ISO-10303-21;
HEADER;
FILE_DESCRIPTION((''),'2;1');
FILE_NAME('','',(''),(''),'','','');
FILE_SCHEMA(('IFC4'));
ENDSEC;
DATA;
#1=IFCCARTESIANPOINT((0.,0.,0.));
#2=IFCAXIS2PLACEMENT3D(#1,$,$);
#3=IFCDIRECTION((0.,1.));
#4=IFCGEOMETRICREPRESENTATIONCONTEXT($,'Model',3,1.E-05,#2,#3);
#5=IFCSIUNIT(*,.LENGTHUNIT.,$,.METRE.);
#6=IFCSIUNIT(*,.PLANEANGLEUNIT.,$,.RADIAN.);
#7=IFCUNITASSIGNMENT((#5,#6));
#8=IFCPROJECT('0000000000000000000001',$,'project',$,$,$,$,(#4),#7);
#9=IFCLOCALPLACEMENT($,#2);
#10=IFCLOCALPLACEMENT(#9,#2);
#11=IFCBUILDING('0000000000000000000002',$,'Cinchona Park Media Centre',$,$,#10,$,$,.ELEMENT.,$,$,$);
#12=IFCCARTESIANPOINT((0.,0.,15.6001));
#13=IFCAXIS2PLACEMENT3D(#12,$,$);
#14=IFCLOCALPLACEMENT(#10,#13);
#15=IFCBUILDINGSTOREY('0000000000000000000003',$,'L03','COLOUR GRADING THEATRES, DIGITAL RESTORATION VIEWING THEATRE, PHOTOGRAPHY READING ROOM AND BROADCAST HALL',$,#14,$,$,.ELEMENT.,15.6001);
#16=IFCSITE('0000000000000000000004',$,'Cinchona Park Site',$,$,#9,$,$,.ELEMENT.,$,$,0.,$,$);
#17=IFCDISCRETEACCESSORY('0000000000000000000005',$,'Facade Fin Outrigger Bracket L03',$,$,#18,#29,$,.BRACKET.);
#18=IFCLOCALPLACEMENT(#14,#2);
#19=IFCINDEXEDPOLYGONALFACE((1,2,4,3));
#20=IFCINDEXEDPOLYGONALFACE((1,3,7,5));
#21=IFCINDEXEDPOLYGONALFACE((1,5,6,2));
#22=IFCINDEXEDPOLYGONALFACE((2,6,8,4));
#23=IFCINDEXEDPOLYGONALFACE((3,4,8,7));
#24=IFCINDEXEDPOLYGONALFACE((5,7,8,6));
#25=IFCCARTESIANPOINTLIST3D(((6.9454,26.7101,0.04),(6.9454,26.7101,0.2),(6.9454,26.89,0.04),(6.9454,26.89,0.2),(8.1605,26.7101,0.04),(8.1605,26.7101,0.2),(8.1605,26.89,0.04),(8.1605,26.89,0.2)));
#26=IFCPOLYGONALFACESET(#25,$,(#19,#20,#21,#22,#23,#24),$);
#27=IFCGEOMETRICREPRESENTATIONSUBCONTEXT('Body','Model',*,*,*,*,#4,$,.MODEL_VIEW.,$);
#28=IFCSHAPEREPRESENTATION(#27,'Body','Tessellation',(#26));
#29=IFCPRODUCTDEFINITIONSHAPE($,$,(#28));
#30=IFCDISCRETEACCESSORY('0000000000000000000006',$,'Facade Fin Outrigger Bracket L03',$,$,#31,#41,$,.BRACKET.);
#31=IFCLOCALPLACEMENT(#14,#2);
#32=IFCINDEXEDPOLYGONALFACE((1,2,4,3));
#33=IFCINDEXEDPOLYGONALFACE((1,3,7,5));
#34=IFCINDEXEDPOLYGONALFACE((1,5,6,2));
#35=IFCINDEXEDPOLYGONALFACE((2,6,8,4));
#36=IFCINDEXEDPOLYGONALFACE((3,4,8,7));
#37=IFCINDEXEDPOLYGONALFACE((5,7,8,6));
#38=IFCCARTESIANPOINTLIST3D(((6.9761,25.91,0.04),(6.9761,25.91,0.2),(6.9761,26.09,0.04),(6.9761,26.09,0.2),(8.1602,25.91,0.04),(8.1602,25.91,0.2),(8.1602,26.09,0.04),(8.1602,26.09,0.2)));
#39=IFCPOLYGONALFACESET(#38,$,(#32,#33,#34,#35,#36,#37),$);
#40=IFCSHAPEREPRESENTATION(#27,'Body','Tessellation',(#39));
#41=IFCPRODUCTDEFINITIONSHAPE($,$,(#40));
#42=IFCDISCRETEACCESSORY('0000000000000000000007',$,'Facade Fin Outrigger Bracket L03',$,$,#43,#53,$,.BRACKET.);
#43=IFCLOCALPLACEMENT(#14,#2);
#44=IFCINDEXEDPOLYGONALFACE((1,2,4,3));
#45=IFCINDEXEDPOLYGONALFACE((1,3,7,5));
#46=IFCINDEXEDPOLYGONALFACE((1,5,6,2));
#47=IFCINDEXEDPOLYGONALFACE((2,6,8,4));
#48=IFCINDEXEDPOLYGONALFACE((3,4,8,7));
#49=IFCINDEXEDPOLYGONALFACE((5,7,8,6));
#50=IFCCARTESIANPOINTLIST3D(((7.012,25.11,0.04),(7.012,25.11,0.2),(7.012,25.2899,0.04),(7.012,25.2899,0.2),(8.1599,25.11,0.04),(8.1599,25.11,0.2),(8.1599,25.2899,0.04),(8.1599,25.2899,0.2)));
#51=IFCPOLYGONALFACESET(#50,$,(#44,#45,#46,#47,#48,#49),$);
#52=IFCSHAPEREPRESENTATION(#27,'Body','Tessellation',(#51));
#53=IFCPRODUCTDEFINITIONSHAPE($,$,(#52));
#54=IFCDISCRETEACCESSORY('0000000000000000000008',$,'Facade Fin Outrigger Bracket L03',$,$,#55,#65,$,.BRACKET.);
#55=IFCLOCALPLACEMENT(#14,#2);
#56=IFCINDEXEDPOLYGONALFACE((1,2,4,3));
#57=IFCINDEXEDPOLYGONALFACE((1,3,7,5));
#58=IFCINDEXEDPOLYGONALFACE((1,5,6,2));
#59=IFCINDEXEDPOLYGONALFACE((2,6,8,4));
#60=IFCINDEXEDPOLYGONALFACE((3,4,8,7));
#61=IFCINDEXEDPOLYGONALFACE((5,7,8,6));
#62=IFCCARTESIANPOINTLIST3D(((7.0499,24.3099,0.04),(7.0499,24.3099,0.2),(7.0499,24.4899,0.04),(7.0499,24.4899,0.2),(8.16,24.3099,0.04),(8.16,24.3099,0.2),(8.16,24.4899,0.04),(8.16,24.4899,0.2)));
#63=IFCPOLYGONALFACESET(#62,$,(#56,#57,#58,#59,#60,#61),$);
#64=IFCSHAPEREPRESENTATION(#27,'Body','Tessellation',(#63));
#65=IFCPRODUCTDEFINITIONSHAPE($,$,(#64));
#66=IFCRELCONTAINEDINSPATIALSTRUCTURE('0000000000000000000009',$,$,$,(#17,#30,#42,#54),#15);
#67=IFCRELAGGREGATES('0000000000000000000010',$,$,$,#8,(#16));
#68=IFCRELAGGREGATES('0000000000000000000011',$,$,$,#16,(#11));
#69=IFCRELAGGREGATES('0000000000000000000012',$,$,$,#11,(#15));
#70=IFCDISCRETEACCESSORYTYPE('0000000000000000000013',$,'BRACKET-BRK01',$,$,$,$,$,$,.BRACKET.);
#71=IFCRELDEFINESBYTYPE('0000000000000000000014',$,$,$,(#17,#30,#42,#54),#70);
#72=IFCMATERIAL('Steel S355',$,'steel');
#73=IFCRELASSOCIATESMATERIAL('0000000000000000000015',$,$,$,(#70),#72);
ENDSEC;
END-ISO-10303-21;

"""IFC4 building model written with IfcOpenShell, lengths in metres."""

from ifc_helpers import new_model, si_unit, direction, frame, origin, origin_2d, place, context, subcontext, project, spatial, rectangle, extrude, material, type_object, element, save


model = new_model("IFC4")

# Units and contexts
model_context = context("Model", 3, precision=1e-05, world=origin(), true_north=direction((0.0, 1.0)))
body_context = subcontext(model_context, "Body", "Model", "MODEL_VIEW")
ifc_project = project(units=[si_unit("LENGTHUNIT", "METRE"), si_unit("PLANEANGLEUNIT", "RADIAN")], contexts=[model_context])

# Site, building, storey
site_placement = place(None, origin())
site = spatial("IfcSite", under=ifc_project, at=site_placement, Name="Cinchona Park Site", CompositionType="ELEMENT", RefElevation=0.0)
building_placement = place(site_placement, origin())
building = spatial("IfcBuilding", under=site, at=building_placement, Name="Cinchona Park Media Centre", CompositionType="ELEMENT")
storey_placement = place(building_placement, frame((0.0, 0.0, 15.6001)))
storey = spatial("IfcBuildingStorey", under=building, at=storey_placement, Name="L03", Description="COLOUR GRADING THEATRES, DIGITAL RESTORATION VIEWING THEATRE, PHOTOGRAPHY READING ROOM AND BROADCAST HALL", CompositionType="ELEMENT", Elevation=15.6001)

# Discrete accessories
ifc_material_1 = material(Name="Steel S355", Category="steel")
discrete_accessory_type = type_object("IfcDiscreteAccessoryType", Name="BRACKET-BRK01", PredefinedType="BRACKET", material=ifc_material_1)
discrete_accessory_1_placement = place(storey_placement, frame((7.553, 26.8, 0.04), z_axis=(0.0, 0.0, 1.0), x_axis=(0.0, -1.0, 0.0)))
element("IfcDiscreteAccessory", 1, at=discrete_accessory_1_placement, inside=storey, type_object=discrete_accessory_type, Name="Facade Fin Outrigger Bracket L03", PredefinedType="BRACKET", context=body_context, shape_type="SweptSolid", body=[
    extrude(rectangle(XDim=0.1799, YDim=1.2151, at=origin_2d()), origin(), (0.0, 0.0, 1.0), 0.1599),
])
discrete_accessory_2_placement = place(storey_placement, frame((7.5681, 26.0, 0.04), z_axis=(0.0, 0.0, 1.0), x_axis=(0.0, -1.0, 0.0)))
element("IfcDiscreteAccessory", 2, at=discrete_accessory_2_placement, inside=storey, type_object=discrete_accessory_type, Name="Facade Fin Outrigger Bracket L03", PredefinedType="BRACKET", context=body_context, shape_type="SweptSolid", body=[
    extrude(rectangle(XDim=0.1799, YDim=1.1841, at=origin_2d()), origin(), (0.0, 0.0, 1.0), 0.1599),
])
discrete_accessory_3_placement = place(storey_placement, frame((7.5859, 25.2, 0.04), z_axis=(0.0, 0.0, 1.0), x_axis=(0.0, -1.0, 0.0)))
element("IfcDiscreteAccessory", 3, at=discrete_accessory_3_placement, inside=storey, type_object=discrete_accessory_type, Name="Facade Fin Outrigger Bracket L03", PredefinedType="BRACKET", context=body_context, shape_type="SweptSolid", body=[
    extrude(rectangle(XDim=0.1799, YDim=1.1479, at=origin_2d()), origin(), (0.0, 0.0, 1.0), 0.1599),
])
discrete_accessory_4_placement = place(storey_placement, frame((7.605, 24.3999, 0.04), z_axis=(0.0, 0.0, 1.0), x_axis=(0.0, -1.0, 0.0)))
element("IfcDiscreteAccessory", 4, at=discrete_accessory_4_placement, inside=storey, type_object=discrete_accessory_type, Name="Facade Fin Outrigger Bracket L03", PredefinedType="BRACKET", context=body_context, shape_type="SweptSolid", body=[
    extrude(rectangle(XDim=0.1799, YDim=1.1101, at=origin_2d()), origin(), (0.0, 0.0, 1.0), 0.1599),
])

save(model, "model.ifc")
